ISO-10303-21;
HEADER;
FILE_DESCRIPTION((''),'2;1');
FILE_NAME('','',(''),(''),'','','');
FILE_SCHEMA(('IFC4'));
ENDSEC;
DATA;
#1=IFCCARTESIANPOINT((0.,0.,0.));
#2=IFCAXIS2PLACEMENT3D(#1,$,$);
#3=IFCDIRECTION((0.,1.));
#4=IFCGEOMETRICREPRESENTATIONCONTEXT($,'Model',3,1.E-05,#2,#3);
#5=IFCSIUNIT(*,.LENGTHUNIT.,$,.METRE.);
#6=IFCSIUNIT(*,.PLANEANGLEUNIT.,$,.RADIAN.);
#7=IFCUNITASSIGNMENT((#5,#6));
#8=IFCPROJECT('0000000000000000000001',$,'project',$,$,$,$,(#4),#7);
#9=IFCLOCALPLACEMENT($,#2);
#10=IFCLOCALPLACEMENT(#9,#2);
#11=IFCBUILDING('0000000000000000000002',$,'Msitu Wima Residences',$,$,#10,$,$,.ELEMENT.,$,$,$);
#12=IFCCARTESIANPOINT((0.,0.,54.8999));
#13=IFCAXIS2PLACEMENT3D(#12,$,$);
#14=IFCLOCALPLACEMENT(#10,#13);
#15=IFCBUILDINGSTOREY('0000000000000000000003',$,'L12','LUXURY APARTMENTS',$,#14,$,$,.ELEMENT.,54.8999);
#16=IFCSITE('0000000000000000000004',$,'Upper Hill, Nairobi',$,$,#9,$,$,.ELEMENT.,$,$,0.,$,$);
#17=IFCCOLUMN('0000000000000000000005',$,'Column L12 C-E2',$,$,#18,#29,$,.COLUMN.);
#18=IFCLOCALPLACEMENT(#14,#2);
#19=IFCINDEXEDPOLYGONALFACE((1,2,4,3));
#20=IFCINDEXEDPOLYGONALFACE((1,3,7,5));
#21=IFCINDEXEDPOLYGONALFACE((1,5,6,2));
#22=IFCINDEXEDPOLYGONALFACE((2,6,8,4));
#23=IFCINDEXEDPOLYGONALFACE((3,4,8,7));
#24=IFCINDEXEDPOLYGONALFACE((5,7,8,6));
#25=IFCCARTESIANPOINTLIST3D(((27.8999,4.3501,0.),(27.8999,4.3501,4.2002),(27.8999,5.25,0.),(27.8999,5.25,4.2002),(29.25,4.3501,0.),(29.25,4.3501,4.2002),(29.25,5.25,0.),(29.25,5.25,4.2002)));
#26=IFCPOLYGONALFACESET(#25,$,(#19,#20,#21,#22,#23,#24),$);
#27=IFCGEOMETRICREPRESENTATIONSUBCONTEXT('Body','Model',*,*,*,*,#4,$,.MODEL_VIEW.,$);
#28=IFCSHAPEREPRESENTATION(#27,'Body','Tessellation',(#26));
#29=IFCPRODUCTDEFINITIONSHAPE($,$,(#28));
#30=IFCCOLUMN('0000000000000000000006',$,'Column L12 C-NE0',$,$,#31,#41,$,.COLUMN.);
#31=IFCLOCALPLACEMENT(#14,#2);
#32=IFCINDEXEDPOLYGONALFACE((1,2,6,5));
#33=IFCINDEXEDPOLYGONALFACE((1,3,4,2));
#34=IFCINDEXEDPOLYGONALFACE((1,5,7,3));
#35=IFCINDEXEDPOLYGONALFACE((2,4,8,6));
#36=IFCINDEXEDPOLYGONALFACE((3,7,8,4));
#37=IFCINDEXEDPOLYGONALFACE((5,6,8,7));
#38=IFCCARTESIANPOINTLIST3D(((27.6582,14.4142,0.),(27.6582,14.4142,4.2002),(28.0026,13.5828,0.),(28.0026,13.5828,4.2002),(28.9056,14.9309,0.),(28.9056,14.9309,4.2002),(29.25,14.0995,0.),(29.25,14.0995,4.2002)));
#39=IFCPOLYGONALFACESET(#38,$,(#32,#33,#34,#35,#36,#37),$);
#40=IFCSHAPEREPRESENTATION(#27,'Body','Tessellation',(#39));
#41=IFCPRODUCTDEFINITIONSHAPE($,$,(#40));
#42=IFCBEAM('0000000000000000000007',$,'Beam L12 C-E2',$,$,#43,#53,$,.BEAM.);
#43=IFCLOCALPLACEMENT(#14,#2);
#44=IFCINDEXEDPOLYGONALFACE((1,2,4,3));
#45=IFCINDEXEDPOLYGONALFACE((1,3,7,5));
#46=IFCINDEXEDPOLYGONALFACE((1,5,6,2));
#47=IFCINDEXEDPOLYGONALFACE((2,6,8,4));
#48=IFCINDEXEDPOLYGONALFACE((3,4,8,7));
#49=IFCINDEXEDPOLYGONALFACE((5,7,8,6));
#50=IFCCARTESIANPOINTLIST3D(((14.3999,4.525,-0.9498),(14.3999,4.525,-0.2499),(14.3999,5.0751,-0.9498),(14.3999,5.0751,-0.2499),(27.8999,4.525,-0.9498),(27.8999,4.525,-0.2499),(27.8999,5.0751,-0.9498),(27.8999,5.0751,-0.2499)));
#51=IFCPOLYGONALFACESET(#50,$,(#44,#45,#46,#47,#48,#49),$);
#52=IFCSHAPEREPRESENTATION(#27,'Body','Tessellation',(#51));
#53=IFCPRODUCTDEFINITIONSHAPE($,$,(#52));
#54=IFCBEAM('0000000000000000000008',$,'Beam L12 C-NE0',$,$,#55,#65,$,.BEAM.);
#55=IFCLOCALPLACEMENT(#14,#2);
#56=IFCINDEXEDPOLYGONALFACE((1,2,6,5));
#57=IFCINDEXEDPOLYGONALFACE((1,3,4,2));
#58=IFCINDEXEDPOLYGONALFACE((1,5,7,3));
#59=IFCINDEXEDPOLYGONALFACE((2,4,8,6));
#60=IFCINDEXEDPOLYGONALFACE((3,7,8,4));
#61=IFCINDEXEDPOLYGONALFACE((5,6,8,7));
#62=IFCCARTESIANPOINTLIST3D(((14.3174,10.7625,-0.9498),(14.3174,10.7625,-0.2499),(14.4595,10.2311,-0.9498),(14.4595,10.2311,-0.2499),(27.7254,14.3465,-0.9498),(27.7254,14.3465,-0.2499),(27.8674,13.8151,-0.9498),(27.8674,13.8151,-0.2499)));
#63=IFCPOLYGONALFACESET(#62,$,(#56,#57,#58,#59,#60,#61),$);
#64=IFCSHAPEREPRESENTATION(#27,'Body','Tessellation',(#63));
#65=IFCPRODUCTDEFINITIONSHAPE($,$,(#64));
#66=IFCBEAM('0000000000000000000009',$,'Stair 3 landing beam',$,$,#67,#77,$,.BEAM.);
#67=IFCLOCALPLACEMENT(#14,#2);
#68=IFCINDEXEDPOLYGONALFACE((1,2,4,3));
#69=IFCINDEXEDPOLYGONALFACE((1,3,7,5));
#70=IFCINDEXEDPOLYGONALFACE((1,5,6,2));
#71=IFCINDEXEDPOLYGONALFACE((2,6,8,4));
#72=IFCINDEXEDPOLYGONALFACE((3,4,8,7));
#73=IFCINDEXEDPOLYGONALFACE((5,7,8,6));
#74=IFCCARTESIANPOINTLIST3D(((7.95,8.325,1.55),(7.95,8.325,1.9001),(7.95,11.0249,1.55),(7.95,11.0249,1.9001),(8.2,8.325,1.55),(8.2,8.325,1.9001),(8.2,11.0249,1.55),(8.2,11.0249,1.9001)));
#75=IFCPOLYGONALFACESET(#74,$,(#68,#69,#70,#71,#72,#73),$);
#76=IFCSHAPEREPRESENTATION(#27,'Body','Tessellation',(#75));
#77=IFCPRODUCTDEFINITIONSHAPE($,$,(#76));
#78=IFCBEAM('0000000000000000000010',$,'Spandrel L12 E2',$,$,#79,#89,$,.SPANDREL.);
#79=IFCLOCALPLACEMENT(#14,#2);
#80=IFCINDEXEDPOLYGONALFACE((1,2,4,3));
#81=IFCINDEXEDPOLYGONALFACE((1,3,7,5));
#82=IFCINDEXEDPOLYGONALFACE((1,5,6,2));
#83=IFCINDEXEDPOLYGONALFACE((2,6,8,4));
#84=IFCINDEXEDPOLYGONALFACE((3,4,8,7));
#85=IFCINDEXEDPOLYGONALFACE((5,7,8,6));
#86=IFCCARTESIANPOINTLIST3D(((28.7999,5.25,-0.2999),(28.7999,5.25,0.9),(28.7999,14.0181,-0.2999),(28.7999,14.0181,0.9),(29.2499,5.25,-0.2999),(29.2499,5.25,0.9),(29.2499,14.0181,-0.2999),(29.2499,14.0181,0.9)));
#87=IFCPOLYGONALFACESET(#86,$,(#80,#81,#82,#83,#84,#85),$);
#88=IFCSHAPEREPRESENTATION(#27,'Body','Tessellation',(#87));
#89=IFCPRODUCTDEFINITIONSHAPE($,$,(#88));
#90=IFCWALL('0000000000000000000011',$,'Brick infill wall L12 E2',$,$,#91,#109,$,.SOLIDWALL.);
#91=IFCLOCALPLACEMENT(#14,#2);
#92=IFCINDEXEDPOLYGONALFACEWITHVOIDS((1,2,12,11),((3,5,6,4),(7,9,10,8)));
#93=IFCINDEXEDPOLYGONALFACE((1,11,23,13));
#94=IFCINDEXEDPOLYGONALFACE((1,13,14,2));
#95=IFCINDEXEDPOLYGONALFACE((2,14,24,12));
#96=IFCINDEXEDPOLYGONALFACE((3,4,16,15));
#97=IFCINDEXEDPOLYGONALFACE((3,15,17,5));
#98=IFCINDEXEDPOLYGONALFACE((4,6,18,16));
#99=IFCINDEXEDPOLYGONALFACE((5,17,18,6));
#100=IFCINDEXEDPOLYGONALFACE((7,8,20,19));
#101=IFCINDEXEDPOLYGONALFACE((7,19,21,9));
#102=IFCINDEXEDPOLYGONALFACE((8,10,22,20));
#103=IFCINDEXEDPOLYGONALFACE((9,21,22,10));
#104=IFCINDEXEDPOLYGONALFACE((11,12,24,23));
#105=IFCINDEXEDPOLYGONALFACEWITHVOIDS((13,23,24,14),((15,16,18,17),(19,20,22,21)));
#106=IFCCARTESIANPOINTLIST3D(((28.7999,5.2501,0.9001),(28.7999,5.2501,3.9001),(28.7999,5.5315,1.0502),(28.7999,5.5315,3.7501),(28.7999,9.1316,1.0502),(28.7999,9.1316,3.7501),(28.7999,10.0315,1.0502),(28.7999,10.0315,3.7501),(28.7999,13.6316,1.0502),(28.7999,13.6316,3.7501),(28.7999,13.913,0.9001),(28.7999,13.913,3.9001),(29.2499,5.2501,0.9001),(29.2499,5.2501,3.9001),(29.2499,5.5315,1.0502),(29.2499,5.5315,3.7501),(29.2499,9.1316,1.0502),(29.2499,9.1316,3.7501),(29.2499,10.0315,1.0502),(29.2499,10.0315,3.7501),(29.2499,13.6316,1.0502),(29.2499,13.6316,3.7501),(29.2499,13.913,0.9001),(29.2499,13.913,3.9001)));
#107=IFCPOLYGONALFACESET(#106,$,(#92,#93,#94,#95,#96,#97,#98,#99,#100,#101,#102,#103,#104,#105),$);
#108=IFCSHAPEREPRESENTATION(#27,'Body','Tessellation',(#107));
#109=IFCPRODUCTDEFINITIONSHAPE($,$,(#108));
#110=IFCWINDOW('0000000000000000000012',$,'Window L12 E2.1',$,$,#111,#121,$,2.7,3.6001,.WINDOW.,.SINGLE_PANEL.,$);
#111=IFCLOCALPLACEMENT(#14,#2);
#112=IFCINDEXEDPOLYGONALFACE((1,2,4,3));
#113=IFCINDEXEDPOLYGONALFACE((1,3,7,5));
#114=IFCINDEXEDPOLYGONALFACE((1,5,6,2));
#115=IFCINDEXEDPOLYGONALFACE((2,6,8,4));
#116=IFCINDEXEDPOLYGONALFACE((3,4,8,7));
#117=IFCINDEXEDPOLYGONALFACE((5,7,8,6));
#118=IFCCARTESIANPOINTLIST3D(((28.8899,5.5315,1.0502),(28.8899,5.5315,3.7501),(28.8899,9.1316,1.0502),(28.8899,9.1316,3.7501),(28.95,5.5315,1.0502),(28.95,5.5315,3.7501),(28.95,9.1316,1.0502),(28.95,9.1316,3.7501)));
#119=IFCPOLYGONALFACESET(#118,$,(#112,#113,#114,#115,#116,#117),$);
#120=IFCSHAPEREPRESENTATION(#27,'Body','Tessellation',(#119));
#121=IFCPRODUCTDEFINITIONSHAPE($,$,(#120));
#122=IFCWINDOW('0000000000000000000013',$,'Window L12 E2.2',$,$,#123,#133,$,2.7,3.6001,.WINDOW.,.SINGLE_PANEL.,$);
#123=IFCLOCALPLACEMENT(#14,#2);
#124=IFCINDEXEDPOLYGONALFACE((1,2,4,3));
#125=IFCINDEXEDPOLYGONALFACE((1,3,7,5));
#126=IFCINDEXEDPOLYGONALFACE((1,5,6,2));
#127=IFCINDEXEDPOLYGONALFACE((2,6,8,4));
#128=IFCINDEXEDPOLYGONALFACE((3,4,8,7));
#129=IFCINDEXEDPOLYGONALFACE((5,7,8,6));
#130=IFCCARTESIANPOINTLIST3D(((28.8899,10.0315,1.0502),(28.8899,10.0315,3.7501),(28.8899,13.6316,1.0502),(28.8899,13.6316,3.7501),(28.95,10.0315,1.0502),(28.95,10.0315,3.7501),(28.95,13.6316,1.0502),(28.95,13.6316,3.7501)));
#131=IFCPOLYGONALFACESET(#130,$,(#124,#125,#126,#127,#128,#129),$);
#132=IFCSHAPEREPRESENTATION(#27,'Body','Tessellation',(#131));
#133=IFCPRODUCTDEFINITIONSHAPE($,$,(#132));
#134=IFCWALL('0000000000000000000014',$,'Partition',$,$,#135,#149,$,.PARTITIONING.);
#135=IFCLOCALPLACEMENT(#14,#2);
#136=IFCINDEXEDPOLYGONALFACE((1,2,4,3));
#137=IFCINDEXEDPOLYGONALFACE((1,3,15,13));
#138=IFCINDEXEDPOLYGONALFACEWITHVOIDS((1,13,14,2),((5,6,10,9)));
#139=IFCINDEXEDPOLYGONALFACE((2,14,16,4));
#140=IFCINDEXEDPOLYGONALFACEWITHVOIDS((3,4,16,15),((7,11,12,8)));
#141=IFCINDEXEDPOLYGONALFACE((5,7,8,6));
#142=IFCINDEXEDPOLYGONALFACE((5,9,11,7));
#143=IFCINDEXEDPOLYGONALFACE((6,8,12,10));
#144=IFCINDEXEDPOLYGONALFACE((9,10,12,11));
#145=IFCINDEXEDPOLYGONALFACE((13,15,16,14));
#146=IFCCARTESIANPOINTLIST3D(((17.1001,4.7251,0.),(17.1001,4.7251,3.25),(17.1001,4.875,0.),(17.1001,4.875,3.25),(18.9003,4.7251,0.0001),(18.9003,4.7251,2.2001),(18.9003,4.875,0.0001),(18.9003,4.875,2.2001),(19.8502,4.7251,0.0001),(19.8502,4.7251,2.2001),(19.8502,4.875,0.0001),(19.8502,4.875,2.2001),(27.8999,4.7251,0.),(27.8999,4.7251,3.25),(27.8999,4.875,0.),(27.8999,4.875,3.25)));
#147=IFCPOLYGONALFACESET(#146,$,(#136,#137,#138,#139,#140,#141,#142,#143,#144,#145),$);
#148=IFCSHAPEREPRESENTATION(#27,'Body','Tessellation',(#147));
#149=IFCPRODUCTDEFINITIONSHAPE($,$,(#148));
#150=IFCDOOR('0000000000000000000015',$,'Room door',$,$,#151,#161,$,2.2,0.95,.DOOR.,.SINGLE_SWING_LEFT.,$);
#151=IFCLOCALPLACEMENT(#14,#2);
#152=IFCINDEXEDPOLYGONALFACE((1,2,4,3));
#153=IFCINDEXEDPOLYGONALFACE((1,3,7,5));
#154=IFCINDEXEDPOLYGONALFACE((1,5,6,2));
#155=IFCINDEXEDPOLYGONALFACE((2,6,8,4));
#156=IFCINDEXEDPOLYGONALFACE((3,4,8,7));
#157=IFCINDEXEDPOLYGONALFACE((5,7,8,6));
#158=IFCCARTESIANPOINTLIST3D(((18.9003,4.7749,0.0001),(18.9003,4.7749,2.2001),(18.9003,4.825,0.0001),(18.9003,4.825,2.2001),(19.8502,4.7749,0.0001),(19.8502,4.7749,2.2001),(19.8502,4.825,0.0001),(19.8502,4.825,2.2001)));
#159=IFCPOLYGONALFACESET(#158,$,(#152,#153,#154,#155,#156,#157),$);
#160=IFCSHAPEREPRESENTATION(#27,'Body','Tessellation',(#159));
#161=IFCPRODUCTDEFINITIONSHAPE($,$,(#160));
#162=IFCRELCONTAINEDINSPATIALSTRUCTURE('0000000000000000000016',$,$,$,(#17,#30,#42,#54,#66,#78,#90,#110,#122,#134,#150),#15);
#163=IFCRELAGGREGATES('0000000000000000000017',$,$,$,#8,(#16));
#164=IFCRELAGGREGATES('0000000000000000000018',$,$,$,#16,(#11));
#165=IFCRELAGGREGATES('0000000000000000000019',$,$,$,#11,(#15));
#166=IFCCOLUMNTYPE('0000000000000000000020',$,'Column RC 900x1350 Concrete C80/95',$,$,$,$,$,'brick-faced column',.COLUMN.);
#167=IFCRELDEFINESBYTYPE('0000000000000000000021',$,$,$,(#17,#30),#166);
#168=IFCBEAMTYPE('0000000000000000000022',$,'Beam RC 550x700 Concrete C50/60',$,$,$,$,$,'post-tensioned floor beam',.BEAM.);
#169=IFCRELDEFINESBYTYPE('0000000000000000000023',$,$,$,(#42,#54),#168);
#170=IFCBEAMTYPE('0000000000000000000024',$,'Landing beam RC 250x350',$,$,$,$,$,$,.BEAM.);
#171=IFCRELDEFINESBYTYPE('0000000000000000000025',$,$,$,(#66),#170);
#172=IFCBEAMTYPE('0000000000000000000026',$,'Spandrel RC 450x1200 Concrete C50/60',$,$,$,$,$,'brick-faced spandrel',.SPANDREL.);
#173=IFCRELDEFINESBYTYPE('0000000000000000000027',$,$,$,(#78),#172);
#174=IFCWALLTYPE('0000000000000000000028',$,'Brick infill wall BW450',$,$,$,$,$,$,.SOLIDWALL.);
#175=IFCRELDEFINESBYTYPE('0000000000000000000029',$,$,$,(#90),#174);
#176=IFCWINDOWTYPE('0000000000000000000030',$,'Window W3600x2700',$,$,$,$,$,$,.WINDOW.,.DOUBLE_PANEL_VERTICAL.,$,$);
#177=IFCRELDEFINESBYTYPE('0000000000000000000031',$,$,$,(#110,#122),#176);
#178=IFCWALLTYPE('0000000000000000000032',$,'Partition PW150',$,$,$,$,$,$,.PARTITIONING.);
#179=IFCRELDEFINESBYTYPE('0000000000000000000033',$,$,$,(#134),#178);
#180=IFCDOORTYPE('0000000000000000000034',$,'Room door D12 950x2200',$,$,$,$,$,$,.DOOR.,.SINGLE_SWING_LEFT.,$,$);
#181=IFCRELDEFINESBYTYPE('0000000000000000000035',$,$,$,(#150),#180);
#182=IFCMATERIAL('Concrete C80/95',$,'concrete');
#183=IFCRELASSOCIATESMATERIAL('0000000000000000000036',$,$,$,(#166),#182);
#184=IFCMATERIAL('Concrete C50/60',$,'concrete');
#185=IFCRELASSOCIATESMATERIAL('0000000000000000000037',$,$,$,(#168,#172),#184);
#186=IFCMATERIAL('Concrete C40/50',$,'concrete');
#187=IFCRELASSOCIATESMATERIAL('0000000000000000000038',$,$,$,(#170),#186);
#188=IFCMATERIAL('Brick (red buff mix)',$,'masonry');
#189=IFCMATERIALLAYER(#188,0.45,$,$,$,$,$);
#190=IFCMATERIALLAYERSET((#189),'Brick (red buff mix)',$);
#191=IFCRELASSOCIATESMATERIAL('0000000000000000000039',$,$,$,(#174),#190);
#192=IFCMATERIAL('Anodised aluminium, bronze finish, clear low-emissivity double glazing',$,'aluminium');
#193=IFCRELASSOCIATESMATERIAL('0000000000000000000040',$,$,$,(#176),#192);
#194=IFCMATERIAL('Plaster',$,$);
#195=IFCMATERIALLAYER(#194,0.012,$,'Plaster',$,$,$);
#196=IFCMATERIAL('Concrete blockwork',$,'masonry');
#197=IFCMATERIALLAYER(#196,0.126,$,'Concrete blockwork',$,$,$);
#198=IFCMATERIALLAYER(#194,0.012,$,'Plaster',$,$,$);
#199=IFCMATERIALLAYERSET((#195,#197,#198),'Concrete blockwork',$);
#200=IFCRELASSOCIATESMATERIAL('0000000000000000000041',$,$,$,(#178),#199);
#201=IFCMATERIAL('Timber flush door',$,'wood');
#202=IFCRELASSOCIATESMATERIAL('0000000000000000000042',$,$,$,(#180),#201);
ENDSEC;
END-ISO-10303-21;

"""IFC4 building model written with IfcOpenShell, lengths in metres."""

from ifc_helpers import new_model, si_unit, direction, frame, frame_2d, origin, origin_2d, place, context, subcontext, project, spatial, rectangle, extrude, material, layer, layer_set, material_profile, profile_set, type_object, element, fill, save


model = new_model("IFC4")

# Units and contexts
model_context = context("Model", 3, precision=1e-05, world=origin(), true_north=direction((0.0, 1.0)))
body_context = subcontext(model_context, "Body", "Model", "MODEL_VIEW")
ifc_project = project(units=[si_unit("LENGTHUNIT", "METRE"), si_unit("PLANEANGLEUNIT", "RADIAN")], contexts=[model_context])

# Site, building, storey
site_placement = place(None, origin())
site = spatial("IfcSite", under=ifc_project, at=site_placement, Name="Upper Hill, Nairobi", CompositionType="ELEMENT", RefElevation=0.0)
building_placement = place(site_placement, origin())
building = spatial("IfcBuilding", under=site, at=building_placement, Name="Msitu Wima Residences", CompositionType="ELEMENT")
storey_placement = place(building_placement, frame((0.0, 0.0, 54.8999)))
storey = spatial("IfcBuildingStorey", under=building, at=storey_placement, Name="L12", Description="LUXURY APARTMENTS", CompositionType="ELEMENT", Elevation=54.8999)

# Columns
ifc_material_1 = material(Name="Concrete C80/95", Category="concrete")
ifc_material_profile_1 = material_profile(ifc_material_1, rectangle(XDim=0.8999, YDim=1.3501, at=origin_2d()), Name="RC 900x1350")
ifc_profile_set_1 = profile_set([ifc_material_profile_1], Name="Concrete C80/95")
column_type = type_object("IfcColumnType", Name="Column RC 900x1350 Concrete C80/95", ElementType="brick-faced column", PredefinedType="COLUMN", material=ifc_profile_set_1)
for number, where, z_axis, x_axis, name in (
    (1, (28.575, 4.8, 0.0), (0.0, 0.0, 1.0), (0.0, 1.0, 0.0), "Column L12 C-E2"),
    (2, (28.4541, 14.2568, 0.0), (0.0, 0.0, 1.0), (-0.382683, 0.92388, 0.0), "Column L12 C-NE0"),
):
    element("IfcColumn", number, at=place(storey_placement, frame(where, z_axis=z_axis, x_axis=x_axis)), inside=storey, type_object=column_type, Name=name, PredefinedType="COLUMN", context=body_context, shape_type="SweptSolid", body=[
        extrude(rectangle(XDim=0.8999, YDim=1.3501, at=origin_2d()), origin(), (0.0, 0.0, 1.0), 4.2002),
    ])

# Beams
ifc_material_2 = material(Name="Concrete C50/60", Category="concrete")
ifc_material_profile_2 = material_profile(ifc_material_2, rectangle(XDim=0.55, YDim=0.7, at=origin_2d()), Name="RC 550x700")
ifc_profile_set_2 = profile_set([ifc_material_profile_2], Name="Concrete C50/60")
beam_type_1 = type_object("IfcBeamType", Name="Beam RC 550x700 Concrete C50/60", ElementType="post-tensioned floor beam", PredefinedType="BEAM", material=ifc_profile_set_2)
beam_1_placement = place(storey_placement, frame((27.8999, 4.8, -0.5999), z_axis=(-1.0, 0.0, 0.0), x_axis=(0.0, -1.0, 0.0)))
element("IfcBeam", 3, at=beam_1_placement, inside=storey, type_object=beam_type_1, Name="Beam L12 C-E2", PredefinedType="BEAM", context=body_context, shape_type="SweptSolid", body=[
    extrude(rectangle(XDim=0.55, YDim=0.7, at=origin_2d()), origin(), (0.0, 0.0, 1.0), 13.5),
])
beam_2_placement = place(storey_placement, frame((27.7964, 14.0808, -0.5999), z_axis=(-0.966082, -0.258236, 0.0), x_axis=(0.258236, -0.966082, 0.0)))
element("IfcBeam", 4, at=beam_2_placement, inside=storey, type_object=beam_type_1, Name="Beam L12 C-NE0", PredefinedType="BEAM", context=body_context, shape_type="SweptSolid", body=[
    extrude(rectangle(XDim=0.55, YDim=0.7, at=origin_2d()), origin(), (0.0, 0.0, 1.0), 13.8787),
])
ifc_material_3 = material(Name="Concrete C40/50", Category="concrete")
ifc_material_profile_3 = material_profile(ifc_material_3, rectangle(XDim=0.25, YDim=0.3501, at=origin_2d()), Name="RC 250x350")
ifc_profile_set_3 = profile_set([ifc_material_profile_3], Name="Concrete C40/50")
beam_type_2 = type_object("IfcBeamType", Name="Landing beam RC 250x350", PredefinedType="BEAM", material=ifc_profile_set_3)
beam_3_placement = place(storey_placement, frame((8.075, 8.325, 1.7251), z_axis=(0.0, 1.0, 0.0), x_axis=(-1.0, 0.0, 0.0)))
element("IfcBeam", 5, at=beam_3_placement, inside=storey, type_object=beam_type_2, Name="Stair 3 landing beam", PredefinedType="BEAM", context=body_context, shape_type="SweptSolid", body=[
    extrude(rectangle(XDim=0.25, YDim=0.3501, at=origin_2d()), origin(), (0.0, 0.0, 1.0), 2.7),
])
ifc_material_profile_4 = material_profile(ifc_material_2, rectangle(XDim=0.45, YDim=1.2, at=origin_2d()), Name="RC 450x1200")
ifc_profile_set_4 = profile_set([ifc_material_profile_4], Name="Concrete C50/60")
beam_type_3 = type_object("IfcBeamType", Name="Spandrel RC 450x1200 Concrete C50/60", ElementType="brick-faced spandrel", PredefinedType="SPANDREL", material=ifc_profile_set_4)
beam_4_placement = place(storey_placement, frame((29.0249, 5.25, 0.3), z_axis=(0.0, 1.0, 0.0), x_axis=(-1.0, 0.0, 0.0)))
element("IfcBeam", 6, at=beam_4_placement, inside=storey, type_object=beam_type_3, Name="Spandrel L12 E2", PredefinedType="SPANDREL", context=body_context, shape_type="SweptSolid", body=[
    extrude(rectangle(XDim=0.45, YDim=1.2, at=origin_2d()), origin(), (0.0, 0.0, 1.0), 8.7681),
])

# Wall, openings, windows
ifc_material_4 = material(Name="Brick (red buff mix)", Category="masonry")
ifc_layer_1 = layer(ifc_material_4, 0.45)
ifc_layer_set_1 = layer_set([ifc_layer_1], Name="Brick (red buff mix)")
wall_type_1 = type_object("IfcWallType", Name="Brick infill wall BW450", PredefinedType="SOLIDWALL", material=ifc_layer_set_1)
wall_1_placement = place(storey_placement, frame((29.0249, 5.25, 0.9001), z_axis=(0.0, 0.0, 1.0), x_axis=(0.0, 1.0, 0.0)))
wall_1 = element("IfcWall", 7, at=wall_1_placement, inside=storey, type_object=wall_type_1, Name="Brick infill wall L12 E2", PredefinedType="SOLIDWALL", context=body_context, shape_type="SweptSolid", body=[
    extrude(rectangle(XDim=8.6628, YDim=0.45, at=frame_2d((4.3315, 0.0))), origin(), (0.0, 0.0, 1.0), 3.0),
])
opening_1_placement = place(wall_1_placement, frame((0.2815, 0.0, 0.1499)))
opening_1 = element("IfcOpeningElement", 8, at=opening_1_placement, cuts=wall_1, PredefinedType="OPENING", context=body_context, shape_type="SweptSolid", body=[
    extrude(rectangle(XDim=3.6001, YDim=2.7, at=frame_2d((1.8, 1.3501))), frame((0.0, 0.2349, 0.0), z_axis=(0.0, -1.0, 0.0), x_axis=(1.0, 0.0, 0.0)), (0.0, 0.0, 1.0), 0.47),
])
opening_2_placement = place(wall_1_placement, frame((4.7815, 0.0, 0.1499)))
opening_2 = element("IfcOpeningElement", 9, at=opening_2_placement, cuts=wall_1, PredefinedType="OPENING", context=body_context, shape_type="SweptSolid", body=[
    extrude(rectangle(XDim=3.6001, YDim=2.7, at=frame_2d((1.8, 1.3501))), frame((0.0, 0.2349, 0.0), z_axis=(0.0, -1.0, 0.0), x_axis=(1.0, 0.0, 0.0)), (0.0, 0.0, 1.0), 0.47),
])
ifc_material_5 = material(Name="Anodised aluminium, bronze finish, clear low-emissivity double glazing", Category="aluminium")
window_type = type_object("IfcWindowType", Name="Window W3600x2700", PartitioningType="DOUBLE_PANEL_VERTICAL", PredefinedType="WINDOW", material=ifc_material_5)
window_1_placement = place(opening_1_placement, origin())
window_1 = element("IfcWindow", 10, at=window_1_placement, inside=storey, type_object=window_type, Name="Window L12 E2.1", OverallHeight=2.7, OverallWidth=3.6001, PartitioningType="SINGLE_PANEL", PredefinedType="WINDOW", context=body_context, shape_type="SweptSolid", body=[
    extrude(rectangle(XDim=3.6001, YDim=2.7, at=frame_2d((1.8, 1.3501))), frame((0.0, 0.135, 0.0), z_axis=(0.0, -1.0, 0.0), x_axis=(1.0, 0.0, 0.0)), (0.0, 0.0, 1.0), 0.0601),
])
fill(opening_1, window_1)
window_2_placement = place(opening_2_placement, origin())
window_2 = element("IfcWindow", 11, at=window_2_placement, inside=storey, type_object=window_type, Name="Window L12 E2.2", OverallHeight=2.7, OverallWidth=3.6001, PartitioningType="SINGLE_PANEL", PredefinedType="WINDOW", context=body_context, shape_type="SweptSolid", body=[
    extrude(rectangle(XDim=3.6001, YDim=2.7, at=frame_2d((1.8, 1.3501))), frame((0.0, 0.135, 0.0), z_axis=(0.0, -1.0, 0.0), x_axis=(1.0, 0.0, 0.0)), (0.0, 0.0, 1.0), 0.0601),
])
fill(opening_2, window_2)

# Wall, opening, door
ifc_material_6 = material(Name="Plaster")
ifc_layer_2 = layer(ifc_material_6, 0.012, Name="Plaster")
ifc_material_7 = material(Name="Concrete blockwork", Category="masonry")
ifc_layer_3 = layer(ifc_material_7, 0.126, Name="Concrete blockwork")
ifc_layer_4 = layer(ifc_material_6, 0.012, Name="Plaster")
ifc_layer_set_2 = layer_set([ifc_layer_2, ifc_layer_3, ifc_layer_4], Name="Concrete blockwork")
wall_type_2 = type_object("IfcWallType", Name="Partition PW150", PredefinedType="PARTITIONING", material=ifc_layer_set_2)
wall_2_placement = place(storey_placement, frame((17.1001, 4.8, 0.0), z_axis=(0.0, 0.0, 1.0), x_axis=(1.0, 0.0, 0.0)))
wall_2 = element("IfcWall", 12, at=wall_2_placement, inside=storey, type_object=wall_type_2, Name="Partition", PredefinedType="PARTITIONING", context=body_context, shape_type="SweptSolid", body=[
    extrude(rectangle(XDim=10.7998, YDim=0.1499, at=frame_2d((5.3999, 0.0))), origin(), (0.0, 0.0, 1.0), 3.25),
])
opening_3_placement = place(wall_2_placement, frame((1.8, 0.0, 0.0)))
opening_3 = element("IfcOpeningElement", 13, at=opening_3_placement, cuts=wall_2, PredefinedType="OPENING", context=body_context, shape_type="SweptSolid", body=[
    extrude(rectangle(XDim=0.95, YDim=2.2, at=frame_2d((0.4751, 1.1001))), frame((0.0, 0.085, 0.0), z_axis=(0.0, -1.0, 0.0), x_axis=(1.0, 0.0, 0.0)), (0.0, 0.0, 1.0), 0.1699),
])
ifc_material_8 = material(Name="Timber flush door", Category="wood")
door_type_1 = type_object("IfcDoorType", Name="Room door D12 950x2200", OperationType="SINGLE_SWING_LEFT", PredefinedType="DOOR", material=ifc_material_8)
door_1_placement = place(opening_3_placement, origin())
door_1 = element("IfcDoor", 14, at=door_1_placement, inside=storey, type_object=door_type_1, Name="Room door", OperationType="SINGLE_SWING_LEFT", OverallHeight=2.2, OverallWidth=0.95, PredefinedType="DOOR", context=body_context, shape_type="SweptSolid", body=[
    extrude(rectangle(XDim=0.95, YDim=2.2, at=frame_2d((0.4751, 1.1001))), frame((0.0, 0.0249, 0.0), z_axis=(0.0, -1.0, 0.0), x_axis=(1.0, 0.0, 0.0)), (0.0, 0.0, 1.0), 0.05),
])
fill(opening_3, door_1)

save(model, "model.ifc")
